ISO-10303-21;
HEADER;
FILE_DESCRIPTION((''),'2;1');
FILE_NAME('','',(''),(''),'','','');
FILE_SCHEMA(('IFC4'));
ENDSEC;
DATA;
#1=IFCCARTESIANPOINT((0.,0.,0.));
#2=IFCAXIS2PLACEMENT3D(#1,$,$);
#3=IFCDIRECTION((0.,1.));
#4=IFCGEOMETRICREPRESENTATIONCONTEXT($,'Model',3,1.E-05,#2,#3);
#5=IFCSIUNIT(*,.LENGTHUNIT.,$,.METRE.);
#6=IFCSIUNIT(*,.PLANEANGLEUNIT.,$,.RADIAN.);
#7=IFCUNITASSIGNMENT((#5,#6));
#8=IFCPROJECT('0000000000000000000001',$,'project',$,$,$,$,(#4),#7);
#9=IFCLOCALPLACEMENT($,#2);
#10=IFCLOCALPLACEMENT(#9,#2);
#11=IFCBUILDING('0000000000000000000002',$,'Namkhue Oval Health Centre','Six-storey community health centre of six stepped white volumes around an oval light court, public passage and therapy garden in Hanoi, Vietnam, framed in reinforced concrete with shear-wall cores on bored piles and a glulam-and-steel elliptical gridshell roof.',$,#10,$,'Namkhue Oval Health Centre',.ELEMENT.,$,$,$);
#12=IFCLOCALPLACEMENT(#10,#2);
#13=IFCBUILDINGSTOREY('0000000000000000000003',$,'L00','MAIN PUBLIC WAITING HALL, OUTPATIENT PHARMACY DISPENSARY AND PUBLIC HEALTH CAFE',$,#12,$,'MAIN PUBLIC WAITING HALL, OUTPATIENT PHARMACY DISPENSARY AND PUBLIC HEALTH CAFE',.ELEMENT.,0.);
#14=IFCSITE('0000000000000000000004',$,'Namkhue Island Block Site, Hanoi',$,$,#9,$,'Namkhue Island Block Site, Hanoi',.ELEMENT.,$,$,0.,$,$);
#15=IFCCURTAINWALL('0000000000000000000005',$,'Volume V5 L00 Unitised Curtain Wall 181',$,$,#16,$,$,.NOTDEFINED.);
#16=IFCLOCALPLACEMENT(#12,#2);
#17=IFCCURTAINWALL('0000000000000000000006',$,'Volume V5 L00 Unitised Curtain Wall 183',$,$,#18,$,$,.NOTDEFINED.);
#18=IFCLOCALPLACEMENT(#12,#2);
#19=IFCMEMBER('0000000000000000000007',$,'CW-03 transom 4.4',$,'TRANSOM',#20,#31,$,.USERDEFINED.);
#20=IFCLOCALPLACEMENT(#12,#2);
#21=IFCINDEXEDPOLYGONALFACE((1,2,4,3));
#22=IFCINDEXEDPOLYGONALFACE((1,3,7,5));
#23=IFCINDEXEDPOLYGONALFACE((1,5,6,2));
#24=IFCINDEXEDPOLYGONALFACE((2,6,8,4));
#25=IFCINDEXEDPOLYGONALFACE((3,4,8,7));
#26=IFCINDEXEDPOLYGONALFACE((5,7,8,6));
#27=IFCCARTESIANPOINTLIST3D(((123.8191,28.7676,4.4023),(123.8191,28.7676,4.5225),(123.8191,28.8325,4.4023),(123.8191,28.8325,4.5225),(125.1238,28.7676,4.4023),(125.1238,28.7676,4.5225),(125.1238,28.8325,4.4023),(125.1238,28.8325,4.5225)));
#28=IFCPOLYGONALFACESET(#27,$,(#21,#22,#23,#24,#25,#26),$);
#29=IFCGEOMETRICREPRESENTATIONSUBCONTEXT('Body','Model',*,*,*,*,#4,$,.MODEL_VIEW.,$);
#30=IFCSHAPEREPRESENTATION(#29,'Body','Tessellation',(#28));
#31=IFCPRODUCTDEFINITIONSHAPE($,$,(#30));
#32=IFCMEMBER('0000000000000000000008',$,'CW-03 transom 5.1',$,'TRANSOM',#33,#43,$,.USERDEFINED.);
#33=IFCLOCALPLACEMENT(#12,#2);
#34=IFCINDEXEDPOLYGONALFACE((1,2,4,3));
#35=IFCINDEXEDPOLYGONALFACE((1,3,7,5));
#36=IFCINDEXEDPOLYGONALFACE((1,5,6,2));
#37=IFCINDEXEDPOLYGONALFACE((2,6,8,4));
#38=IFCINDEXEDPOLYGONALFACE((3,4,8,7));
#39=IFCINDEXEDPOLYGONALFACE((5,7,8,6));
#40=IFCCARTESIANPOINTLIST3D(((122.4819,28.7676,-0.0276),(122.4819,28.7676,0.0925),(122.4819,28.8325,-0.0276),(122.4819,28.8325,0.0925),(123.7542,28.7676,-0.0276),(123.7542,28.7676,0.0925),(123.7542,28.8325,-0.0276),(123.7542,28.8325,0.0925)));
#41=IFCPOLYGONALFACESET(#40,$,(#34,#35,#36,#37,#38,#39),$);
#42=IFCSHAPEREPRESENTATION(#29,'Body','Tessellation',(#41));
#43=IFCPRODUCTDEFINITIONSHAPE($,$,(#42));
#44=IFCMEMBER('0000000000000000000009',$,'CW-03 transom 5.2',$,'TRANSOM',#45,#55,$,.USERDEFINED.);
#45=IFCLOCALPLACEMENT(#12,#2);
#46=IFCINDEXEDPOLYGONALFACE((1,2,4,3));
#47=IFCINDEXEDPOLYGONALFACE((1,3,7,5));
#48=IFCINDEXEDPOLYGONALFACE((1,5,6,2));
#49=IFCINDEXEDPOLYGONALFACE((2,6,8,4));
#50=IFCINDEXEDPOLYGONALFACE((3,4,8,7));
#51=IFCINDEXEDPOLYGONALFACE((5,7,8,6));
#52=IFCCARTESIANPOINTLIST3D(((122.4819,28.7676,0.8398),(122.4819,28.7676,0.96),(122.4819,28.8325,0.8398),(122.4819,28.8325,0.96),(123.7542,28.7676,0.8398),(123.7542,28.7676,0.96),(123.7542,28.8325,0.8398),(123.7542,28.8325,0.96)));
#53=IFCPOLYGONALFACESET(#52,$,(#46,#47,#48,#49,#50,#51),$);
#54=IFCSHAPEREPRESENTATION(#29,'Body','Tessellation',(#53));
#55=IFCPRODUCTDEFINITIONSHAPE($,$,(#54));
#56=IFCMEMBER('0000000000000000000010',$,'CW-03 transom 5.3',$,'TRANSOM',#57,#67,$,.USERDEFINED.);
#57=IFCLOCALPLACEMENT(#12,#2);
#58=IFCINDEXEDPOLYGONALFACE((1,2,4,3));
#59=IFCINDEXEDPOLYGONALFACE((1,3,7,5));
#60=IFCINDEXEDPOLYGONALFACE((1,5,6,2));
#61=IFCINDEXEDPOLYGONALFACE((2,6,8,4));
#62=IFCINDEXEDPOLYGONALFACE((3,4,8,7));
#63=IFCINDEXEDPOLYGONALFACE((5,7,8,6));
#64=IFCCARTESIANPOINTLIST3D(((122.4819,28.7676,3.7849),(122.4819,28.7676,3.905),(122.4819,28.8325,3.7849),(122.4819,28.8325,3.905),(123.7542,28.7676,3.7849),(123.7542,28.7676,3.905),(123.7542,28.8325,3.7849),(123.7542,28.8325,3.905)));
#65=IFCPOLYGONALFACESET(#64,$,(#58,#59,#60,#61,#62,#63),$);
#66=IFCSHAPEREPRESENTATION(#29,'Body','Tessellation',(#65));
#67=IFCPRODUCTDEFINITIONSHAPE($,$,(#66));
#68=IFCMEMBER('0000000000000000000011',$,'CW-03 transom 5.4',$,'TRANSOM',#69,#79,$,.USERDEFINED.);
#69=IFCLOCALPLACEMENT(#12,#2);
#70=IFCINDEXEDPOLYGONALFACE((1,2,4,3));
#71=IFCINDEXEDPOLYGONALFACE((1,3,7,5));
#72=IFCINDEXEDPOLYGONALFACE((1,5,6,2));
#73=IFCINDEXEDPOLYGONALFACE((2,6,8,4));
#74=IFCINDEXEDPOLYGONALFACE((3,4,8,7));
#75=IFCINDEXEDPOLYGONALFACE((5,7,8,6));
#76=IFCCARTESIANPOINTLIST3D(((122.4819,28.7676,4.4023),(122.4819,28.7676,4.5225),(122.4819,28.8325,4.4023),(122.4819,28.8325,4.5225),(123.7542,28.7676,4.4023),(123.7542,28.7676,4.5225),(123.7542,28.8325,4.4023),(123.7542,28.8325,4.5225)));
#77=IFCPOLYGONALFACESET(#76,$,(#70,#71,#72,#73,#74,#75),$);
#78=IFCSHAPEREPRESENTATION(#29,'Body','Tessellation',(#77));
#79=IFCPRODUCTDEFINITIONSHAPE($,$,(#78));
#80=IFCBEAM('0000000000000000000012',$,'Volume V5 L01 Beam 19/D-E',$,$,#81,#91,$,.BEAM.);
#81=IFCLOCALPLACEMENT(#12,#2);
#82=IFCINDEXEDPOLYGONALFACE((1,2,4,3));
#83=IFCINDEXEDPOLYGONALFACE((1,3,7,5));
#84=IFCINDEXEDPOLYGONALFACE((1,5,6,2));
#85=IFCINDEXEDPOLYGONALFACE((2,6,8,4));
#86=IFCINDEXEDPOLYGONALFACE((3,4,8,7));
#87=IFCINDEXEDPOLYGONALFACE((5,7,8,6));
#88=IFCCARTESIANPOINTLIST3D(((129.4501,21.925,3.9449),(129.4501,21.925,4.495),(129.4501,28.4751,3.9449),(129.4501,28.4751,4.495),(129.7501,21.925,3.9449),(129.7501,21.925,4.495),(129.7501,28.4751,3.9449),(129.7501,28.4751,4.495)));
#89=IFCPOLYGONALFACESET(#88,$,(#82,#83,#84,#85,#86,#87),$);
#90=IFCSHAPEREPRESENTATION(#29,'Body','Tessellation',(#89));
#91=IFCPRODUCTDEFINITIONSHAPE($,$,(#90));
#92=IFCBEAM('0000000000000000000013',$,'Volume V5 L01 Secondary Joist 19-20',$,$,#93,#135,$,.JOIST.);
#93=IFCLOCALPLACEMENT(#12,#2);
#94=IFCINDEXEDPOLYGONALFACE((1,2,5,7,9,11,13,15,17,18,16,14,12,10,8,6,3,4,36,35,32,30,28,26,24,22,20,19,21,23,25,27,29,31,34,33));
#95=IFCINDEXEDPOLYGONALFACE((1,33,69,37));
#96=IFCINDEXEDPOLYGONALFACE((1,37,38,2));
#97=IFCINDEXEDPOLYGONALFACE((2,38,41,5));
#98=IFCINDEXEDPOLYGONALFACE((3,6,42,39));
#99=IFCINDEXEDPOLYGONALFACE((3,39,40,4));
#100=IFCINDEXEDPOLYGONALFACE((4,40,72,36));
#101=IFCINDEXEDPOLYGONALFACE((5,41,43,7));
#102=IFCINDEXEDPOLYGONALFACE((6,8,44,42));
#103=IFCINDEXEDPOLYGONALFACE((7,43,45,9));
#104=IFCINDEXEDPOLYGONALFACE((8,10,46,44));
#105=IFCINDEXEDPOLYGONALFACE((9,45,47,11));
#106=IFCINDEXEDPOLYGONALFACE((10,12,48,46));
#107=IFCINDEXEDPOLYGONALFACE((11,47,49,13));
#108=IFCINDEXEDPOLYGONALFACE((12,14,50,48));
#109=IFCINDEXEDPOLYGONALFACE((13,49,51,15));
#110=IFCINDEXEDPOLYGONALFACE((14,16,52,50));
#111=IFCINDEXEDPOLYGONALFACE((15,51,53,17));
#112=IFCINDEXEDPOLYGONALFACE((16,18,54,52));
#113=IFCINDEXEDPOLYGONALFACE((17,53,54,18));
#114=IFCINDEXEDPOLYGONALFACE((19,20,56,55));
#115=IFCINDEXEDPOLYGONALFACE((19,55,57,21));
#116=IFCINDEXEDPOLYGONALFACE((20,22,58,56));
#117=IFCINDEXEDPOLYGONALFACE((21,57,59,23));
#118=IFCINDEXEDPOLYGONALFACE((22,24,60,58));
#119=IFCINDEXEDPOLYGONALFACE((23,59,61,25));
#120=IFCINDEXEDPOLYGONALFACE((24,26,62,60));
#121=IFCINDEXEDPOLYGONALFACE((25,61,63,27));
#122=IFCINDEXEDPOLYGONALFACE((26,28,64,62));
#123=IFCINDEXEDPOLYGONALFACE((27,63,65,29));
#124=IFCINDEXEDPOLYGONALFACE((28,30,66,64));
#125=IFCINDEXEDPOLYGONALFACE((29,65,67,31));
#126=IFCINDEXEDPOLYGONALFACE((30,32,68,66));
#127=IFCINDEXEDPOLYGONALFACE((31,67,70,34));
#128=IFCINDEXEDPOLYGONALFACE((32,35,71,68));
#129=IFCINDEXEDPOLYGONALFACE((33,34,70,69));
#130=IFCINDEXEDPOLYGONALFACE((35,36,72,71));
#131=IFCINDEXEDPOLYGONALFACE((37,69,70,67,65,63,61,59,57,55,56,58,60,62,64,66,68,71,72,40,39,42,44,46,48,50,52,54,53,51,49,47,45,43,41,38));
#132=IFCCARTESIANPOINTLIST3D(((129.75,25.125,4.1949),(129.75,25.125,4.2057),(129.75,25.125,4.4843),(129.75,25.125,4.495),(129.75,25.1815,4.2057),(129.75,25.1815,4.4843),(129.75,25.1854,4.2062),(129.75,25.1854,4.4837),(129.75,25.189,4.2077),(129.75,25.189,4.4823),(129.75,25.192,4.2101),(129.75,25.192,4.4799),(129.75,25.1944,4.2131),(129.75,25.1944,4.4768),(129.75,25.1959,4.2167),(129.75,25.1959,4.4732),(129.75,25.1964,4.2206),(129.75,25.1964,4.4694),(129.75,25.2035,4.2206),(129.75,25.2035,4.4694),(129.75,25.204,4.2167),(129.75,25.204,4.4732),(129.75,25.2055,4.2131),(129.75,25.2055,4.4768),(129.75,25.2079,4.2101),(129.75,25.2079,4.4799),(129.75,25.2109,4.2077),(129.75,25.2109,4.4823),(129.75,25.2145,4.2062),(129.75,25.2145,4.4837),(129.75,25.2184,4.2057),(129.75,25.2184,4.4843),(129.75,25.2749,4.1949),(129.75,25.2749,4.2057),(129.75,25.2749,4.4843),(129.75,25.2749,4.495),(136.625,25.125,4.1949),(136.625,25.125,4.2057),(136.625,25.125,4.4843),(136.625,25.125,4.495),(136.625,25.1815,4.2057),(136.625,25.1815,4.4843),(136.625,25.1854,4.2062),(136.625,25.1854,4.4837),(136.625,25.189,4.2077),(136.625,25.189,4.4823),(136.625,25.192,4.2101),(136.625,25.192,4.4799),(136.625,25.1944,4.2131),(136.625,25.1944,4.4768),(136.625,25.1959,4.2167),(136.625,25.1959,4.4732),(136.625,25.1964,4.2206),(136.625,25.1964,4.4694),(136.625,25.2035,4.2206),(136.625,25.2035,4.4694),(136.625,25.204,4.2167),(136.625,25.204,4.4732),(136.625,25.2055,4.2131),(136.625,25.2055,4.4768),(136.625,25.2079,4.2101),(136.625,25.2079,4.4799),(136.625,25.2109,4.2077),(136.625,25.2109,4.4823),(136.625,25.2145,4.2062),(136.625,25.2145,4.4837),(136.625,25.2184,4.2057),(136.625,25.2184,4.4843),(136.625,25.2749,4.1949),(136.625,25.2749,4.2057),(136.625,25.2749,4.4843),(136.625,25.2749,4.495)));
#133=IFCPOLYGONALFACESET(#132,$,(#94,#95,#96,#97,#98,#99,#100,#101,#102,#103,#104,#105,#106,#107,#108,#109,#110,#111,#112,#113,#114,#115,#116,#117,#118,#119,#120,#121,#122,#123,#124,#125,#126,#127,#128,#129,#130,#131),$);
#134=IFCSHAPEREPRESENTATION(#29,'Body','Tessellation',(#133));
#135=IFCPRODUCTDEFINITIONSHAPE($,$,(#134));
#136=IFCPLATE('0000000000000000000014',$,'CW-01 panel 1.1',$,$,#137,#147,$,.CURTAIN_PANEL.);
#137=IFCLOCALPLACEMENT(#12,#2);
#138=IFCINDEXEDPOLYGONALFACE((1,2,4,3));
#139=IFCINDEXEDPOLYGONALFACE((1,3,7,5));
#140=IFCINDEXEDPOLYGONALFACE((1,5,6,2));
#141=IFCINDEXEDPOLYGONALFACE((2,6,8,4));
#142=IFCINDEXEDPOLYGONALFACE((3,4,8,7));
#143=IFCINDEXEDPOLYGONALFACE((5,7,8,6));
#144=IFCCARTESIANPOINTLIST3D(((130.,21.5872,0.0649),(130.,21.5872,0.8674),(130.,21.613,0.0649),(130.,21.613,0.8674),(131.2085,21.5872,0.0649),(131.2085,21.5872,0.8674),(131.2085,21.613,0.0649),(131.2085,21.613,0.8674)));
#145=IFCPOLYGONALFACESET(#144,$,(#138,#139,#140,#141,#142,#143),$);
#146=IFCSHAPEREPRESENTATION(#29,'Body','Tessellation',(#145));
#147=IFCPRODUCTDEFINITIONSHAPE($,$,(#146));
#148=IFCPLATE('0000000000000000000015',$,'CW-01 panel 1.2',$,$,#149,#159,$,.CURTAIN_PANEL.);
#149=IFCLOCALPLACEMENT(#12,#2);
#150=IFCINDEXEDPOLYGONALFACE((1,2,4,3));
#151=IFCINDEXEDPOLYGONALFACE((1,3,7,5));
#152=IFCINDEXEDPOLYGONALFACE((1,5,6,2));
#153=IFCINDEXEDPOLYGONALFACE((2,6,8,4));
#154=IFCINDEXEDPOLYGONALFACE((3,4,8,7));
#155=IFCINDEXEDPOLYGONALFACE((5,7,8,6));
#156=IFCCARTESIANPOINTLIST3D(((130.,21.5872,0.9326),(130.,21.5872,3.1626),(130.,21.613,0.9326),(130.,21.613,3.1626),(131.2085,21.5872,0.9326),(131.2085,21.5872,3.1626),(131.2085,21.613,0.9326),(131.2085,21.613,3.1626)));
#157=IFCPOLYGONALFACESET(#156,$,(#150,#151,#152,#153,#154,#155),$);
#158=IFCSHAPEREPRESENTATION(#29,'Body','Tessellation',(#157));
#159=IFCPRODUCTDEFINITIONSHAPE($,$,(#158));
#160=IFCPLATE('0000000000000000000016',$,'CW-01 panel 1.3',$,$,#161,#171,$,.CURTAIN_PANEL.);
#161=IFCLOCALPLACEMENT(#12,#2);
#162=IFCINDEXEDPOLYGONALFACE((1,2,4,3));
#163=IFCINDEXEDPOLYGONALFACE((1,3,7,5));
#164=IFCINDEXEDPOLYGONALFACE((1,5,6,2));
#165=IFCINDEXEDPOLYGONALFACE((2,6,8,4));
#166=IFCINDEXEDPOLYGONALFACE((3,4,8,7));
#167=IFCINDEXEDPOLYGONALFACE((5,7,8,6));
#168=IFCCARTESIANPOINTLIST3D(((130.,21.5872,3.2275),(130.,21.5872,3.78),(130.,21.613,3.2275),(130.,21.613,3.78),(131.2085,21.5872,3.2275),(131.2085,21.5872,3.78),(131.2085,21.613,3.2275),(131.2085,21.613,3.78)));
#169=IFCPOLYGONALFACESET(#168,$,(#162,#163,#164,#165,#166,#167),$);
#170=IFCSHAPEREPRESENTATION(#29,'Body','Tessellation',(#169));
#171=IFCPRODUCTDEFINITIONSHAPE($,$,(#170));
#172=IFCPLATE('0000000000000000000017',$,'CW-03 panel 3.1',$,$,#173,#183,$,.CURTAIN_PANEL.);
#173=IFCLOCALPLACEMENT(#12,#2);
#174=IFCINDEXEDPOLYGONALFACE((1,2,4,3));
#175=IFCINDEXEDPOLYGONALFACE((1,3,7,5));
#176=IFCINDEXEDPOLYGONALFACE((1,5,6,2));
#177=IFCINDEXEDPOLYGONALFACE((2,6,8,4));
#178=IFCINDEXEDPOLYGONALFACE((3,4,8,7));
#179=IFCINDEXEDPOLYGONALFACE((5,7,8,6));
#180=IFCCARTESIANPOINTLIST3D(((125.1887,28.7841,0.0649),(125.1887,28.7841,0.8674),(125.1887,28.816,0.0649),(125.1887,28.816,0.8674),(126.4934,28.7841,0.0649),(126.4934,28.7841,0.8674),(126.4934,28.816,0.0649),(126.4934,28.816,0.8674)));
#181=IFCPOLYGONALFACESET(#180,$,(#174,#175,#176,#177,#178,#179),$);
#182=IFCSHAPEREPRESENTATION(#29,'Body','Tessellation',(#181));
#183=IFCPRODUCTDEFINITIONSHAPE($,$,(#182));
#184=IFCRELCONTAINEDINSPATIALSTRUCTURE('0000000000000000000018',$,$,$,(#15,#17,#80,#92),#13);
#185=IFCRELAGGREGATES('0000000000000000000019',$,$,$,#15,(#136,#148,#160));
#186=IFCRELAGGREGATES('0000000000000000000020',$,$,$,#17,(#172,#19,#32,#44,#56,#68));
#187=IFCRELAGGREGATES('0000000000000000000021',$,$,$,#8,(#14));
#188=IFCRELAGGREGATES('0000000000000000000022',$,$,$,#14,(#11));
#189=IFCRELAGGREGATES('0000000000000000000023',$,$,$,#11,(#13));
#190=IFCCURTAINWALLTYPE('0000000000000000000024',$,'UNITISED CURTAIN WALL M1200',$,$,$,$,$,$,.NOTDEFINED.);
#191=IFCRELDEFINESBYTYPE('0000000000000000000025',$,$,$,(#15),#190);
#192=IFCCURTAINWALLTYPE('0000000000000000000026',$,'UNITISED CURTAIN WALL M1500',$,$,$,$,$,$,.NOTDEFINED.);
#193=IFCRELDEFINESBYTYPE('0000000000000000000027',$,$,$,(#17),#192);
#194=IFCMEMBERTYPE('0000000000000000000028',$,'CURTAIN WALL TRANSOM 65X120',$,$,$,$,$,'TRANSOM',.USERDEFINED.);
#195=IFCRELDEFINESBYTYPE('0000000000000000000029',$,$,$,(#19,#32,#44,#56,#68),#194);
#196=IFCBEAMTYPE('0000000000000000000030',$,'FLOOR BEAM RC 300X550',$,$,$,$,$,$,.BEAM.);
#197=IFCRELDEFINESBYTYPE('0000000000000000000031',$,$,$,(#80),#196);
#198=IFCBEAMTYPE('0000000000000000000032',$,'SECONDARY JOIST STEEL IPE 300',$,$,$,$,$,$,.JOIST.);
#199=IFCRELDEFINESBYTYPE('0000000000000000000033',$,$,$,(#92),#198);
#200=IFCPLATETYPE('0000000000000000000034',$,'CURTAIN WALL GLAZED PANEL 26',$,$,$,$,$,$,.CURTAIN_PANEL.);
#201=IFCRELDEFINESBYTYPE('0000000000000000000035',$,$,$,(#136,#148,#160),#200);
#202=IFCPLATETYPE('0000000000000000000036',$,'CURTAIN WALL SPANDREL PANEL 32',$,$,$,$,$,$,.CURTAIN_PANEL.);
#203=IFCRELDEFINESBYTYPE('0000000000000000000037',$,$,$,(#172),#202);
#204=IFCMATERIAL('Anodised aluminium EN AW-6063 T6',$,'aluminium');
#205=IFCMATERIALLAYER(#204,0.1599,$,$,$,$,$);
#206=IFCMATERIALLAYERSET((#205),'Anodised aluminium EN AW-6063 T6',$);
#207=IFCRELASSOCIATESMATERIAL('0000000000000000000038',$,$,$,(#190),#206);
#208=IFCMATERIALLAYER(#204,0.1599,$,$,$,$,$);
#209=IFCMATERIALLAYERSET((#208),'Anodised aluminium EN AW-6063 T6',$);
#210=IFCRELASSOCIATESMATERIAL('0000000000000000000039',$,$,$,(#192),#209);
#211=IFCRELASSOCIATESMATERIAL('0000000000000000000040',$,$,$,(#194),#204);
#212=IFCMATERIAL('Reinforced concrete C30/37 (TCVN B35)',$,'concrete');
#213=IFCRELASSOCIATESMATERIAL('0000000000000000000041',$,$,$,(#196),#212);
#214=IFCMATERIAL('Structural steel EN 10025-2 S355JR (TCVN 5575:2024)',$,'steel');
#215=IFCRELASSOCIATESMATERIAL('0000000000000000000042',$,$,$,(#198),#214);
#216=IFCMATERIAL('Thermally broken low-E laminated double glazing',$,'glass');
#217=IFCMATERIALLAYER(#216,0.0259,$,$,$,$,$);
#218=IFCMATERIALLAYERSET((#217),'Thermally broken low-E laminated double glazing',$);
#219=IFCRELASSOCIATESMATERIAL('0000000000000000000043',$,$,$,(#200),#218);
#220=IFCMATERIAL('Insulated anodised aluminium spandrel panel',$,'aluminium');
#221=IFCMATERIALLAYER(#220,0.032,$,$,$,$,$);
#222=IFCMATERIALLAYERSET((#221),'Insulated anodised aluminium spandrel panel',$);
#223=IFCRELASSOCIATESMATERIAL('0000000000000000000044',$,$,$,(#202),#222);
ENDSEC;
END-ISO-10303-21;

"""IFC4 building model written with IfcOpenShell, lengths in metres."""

from ifc_helpers import new_model, si_unit, direction, frame, origin, origin_2d, place, context, subcontext, project, spatial, rectangle, i_section, extrude, material, layer, layer_set, material_profile, profile_set, type_object, element, aggregate, save


model = new_model("IFC4")

# Units and contexts
model_context = context("Model", 3, precision=1e-05, world=origin(), true_north=direction((0.0, 1.0)))
body_context = subcontext(model_context, "Body", "Model", "MODEL_VIEW")
ifc_project = project(units=[si_unit("LENGTHUNIT", "METRE"), si_unit("PLANEANGLEUNIT", "RADIAN")], contexts=[model_context])

# Site, building, storey
site_placement = place(None, origin())
site = spatial("IfcSite", under=ifc_project, at=site_placement, Name="Namkhue Island Block Site, Hanoi", LongName="Namkhue Island Block Site, Hanoi", CompositionType="ELEMENT", RefElevation=0.0)
building_placement = place(site_placement, origin())
building = spatial("IfcBuilding", under=site, at=building_placement, Name="Namkhue Oval Health Centre", Description="Six-storey community health centre of six stepped white volumes around an oval light court, public passage and therapy garden in Hanoi, Vietnam, framed in reinforced concrete with shear-wall cores on bored piles and a glulam-and-steel elliptical gridshell roof.", LongName="Namkhue Oval Health Centre", CompositionType="ELEMENT")
storey_placement = place(building_placement, origin())
storey = spatial("IfcBuildingStorey", under=building, at=storey_placement, Name="L00", Description="MAIN PUBLIC WAITING HALL, OUTPATIENT PHARMACY DISPENSARY AND PUBLIC HEALTH CAFE", LongName="MAIN PUBLIC WAITING HALL, OUTPATIENT PHARMACY DISPENSARY AND PUBLIC HEALTH CAFE", CompositionType="ELEMENT", Elevation=0.0)

# Shared definitions
ifc_material_1 = material(Name="Reinforced concrete C30/37 (TCVN B35)", Category="concrete")

# Curtain wall
ifc_material_2 = material(Name="Anodised aluminium EN AW-6063 T6", Category="aluminium")
ifc_layer_1 = layer(ifc_material_2, 0.1599)
ifc_layer_set_1 = layer_set([ifc_layer_1], Name="Anodised aluminium EN AW-6063 T6")
curtain_wall_type_1 = type_object("IfcCurtainWallType", Name="UNITISED CURTAIN WALL M1200", PredefinedType="NOTDEFINED", material=ifc_layer_set_1)
curtain_wall_1_placement = place(storey_placement, origin())
curtain_wall_1 = element("IfcCurtainWall", 1, at=curtain_wall_1_placement, inside=storey, type_object=curtain_wall_type_1, Name="Volume V5 L00 Unitised Curtain Wall 181", PredefinedType="NOTDEFINED")

# Curtain wall
ifc_layer_2 = layer(ifc_material_2, 0.1599)
ifc_layer_set_2 = layer_set([ifc_layer_2], Name="Anodised aluminium EN AW-6063 T6")
curtain_wall_type_2 = type_object("IfcCurtainWallType", Name="UNITISED CURTAIN WALL M1500", PredefinedType="NOTDEFINED", material=ifc_layer_set_2)
curtain_wall_2_placement = place(storey_placement, origin())
curtain_wall_2 = element("IfcCurtainWall", 2, at=curtain_wall_2_placement, inside=storey, type_object=curtain_wall_type_2, Name="Volume V5 L00 Unitised Curtain Wall 183", PredefinedType="NOTDEFINED")

# Members
ifc_material_profile_1 = material_profile(ifc_material_2, rectangle(XDim=0.0649, YDim=0.1201, at=origin_2d()), Name="ALU 65x120")
ifc_profile_set_1 = profile_set([ifc_material_profile_1], Name="Anodised aluminium EN AW-6063 T6")
member_type_1 = type_object("IfcMemberType", Name="CURTAIN WALL TRANSOM 65X120", ElementType="TRANSOM", PredefinedType="USERDEFINED", material=ifc_profile_set_1)
member_1_placement = place(storey_placement, frame((125.1238, 28.8, 4.4624), z_axis=(-1.0, 0.0, 0.0), x_axis=(0.0, -1.0, 0.0)))
member_1 = element("IfcMember", 3, at=member_1_placement, type_object=member_type_1, Name="CW-03 transom 4.4", ObjectType="TRANSOM", PredefinedType="USERDEFINED", context=body_context, shape_type="SweptSolid", body=[
    extrude(rectangle(XDim=0.0649, YDim=0.1201, at=origin_2d()), origin(), (0.0, 0.0, 1.0), 1.3047),
])
member_2_placement = place(storey_placement, frame((123.7542, 28.8, 0.0325), z_axis=(-1.0, 0.0, 0.0), x_axis=(0.0, -1.0, 0.0)))
member_2 = element("IfcMember", 4, at=member_2_placement, type_object=member_type_1, Name="CW-03 transom 5.1", ObjectType="TRANSOM", PredefinedType="USERDEFINED", context=body_context, shape_type="SweptSolid", body=[
    extrude(rectangle(XDim=0.0649, YDim=0.1201, at=origin_2d()), origin(), (0.0, 0.0, 1.0), 1.2722),
])
member_3_placement = place(storey_placement, frame((123.7542, 28.8, 0.8999), z_axis=(-1.0, 0.0, 0.0), x_axis=(0.0, -1.0, 0.0)))
member_3 = element("IfcMember", 5, at=member_3_placement, type_object=member_type_1, Name="CW-03 transom 5.2", ObjectType="TRANSOM", PredefinedType="USERDEFINED", context=body_context, shape_type="SweptSolid", body=[
    extrude(rectangle(XDim=0.0649, YDim=0.1201, at=origin_2d()), origin(), (0.0, 0.0, 1.0), 1.2722),
])
member_4_placement = place(storey_placement, frame((123.7542, 28.8, 3.845), z_axis=(-1.0, 0.0, 0.0), x_axis=(0.0, -1.0, 0.0)))
member_4 = element("IfcMember", 6, at=member_4_placement, type_object=member_type_1, Name="CW-03 transom 5.3", ObjectType="TRANSOM", PredefinedType="USERDEFINED", context=body_context, shape_type="SweptSolid", body=[
    extrude(rectangle(XDim=0.0649, YDim=0.1201, at=origin_2d()), origin(), (0.0, 0.0, 1.0), 1.2722),
])
member_5_placement = place(storey_placement, frame((123.7542, 28.8, 4.4624), z_axis=(-1.0, 0.0, 0.0), x_axis=(0.0, -1.0, 0.0)))
member_5 = element("IfcMember", 7, at=member_5_placement, type_object=member_type_1, Name="CW-03 transom 5.4", ObjectType="TRANSOM", PredefinedType="USERDEFINED", context=body_context, shape_type="SweptSolid", body=[
    extrude(rectangle(XDim=0.0649, YDim=0.1201, at=origin_2d()), origin(), (0.0, 0.0, 1.0), 1.2722),
])

# Beams
ifc_material_profile_2 = material_profile(ifc_material_1, rectangle(XDim=0.3, YDim=0.55, at=origin_2d()), Name="RC 300x550")
ifc_profile_set_2 = profile_set([ifc_material_profile_2], Name="Reinforced concrete C30/37 (TCVN B35)")
beam_type_1 = type_object("IfcBeamType", Name="FLOOR BEAM RC 300X550", PredefinedType="BEAM", material=ifc_profile_set_2)
beam_1_placement = place(storey_placement, frame((129.6001, 21.925, 4.22), z_axis=(0.0, 1.0, 0.0), x_axis=(-1.0, 0.0, 0.0)))
element("IfcBeam", 8, at=beam_1_placement, inside=storey, type_object=beam_type_1, Name="Volume V5 L01 Beam 19/D-E", PredefinedType="BEAM", context=body_context, shape_type="SweptSolid", body=[
    extrude(rectangle(XDim=0.3, YDim=0.55, at=origin_2d()), origin(), (0.0, 0.0, 1.0), 6.55),
])
ifc_material_3 = material(Name="Structural steel EN 10025-2 S355JR (TCVN 5575:2024)", Category="steel")
ifc_material_profile_3 = material_profile(ifc_material_3, i_section(OverallWidth=0.1499, OverallDepth=0.3, WebThickness=0.0071, FlangeThickness=0.0107, FilletRadius=0.0149, at=origin_2d()), Name="IPE 300")
ifc_profile_set_3 = profile_set([ifc_material_profile_3], Name="Structural steel EN 10025-2 S355JR (TCVN 5575:2024)")
beam_type_2 = type_object("IfcBeamType", Name="SECONDARY JOIST STEEL IPE 300", PredefinedType="JOIST", material=ifc_profile_set_3)
beam_2_placement = place(storey_placement, frame((129.75, 25.2, 4.345), z_axis=(1.0, 0.0, 0.0), x_axis=(0.0, 1.0, 0.0)))
element("IfcBeam", 9, at=beam_2_placement, inside=storey, type_object=beam_type_2, Name="Volume V5 L01 Secondary Joist 19-20", PredefinedType="JOIST", context=body_context, shape_type="SweptSolid", body=[
    extrude(i_section(OverallWidth=0.1499, OverallDepth=0.3, WebThickness=0.0071, FlangeThickness=0.0107, FilletRadius=0.0149, at=origin_2d()), origin(), (0.0, 0.0, 1.0), 6.875),
])

# Plates
ifc_material_4 = material(Name="Thermally broken low-E laminated double glazing", Category="glass")
ifc_layer_3 = layer(ifc_material_4, 0.0259)
ifc_layer_set_3 = layer_set([ifc_layer_3], Name="Thermally broken low-E laminated double glazing")
plate_type_1 = type_object("IfcPlateType", Name="CURTAIN WALL GLAZED PANEL 26", PredefinedType="CURTAIN_PANEL", material=ifc_layer_set_3)
plate_1_placement = place(storey_placement, frame((130.6042, 21.6001, 0.0649), z_axis=(0.0, 0.0, 1.0), x_axis=(1.0, 0.0, 0.0)))
plate_1 = element("IfcPlate", 10, at=plate_1_placement, type_object=plate_type_1, Name="CW-01 panel 1.1", PredefinedType="CURTAIN_PANEL", context=body_context, shape_type="SweptSolid", body=[
    extrude(rectangle(XDim=1.2085, YDim=0.0259, at=origin_2d()), origin(), (0.0, 0.0, 1.0), 0.8025),
])
plate_2_placement = place(storey_placement, frame((130.6042, 21.6001, 0.9326), z_axis=(0.0, 0.0, 1.0), x_axis=(1.0, 0.0, 0.0)))
plate_2 = element("IfcPlate", 11, at=plate_2_placement, type_object=plate_type_1, Name="CW-01 panel 1.2", PredefinedType="CURTAIN_PANEL", context=body_context, shape_type="SweptSolid", body=[
    extrude(rectangle(XDim=1.2085, YDim=0.0259, at=origin_2d()), origin(), (0.0, 0.0, 1.0), 2.23),
])
plate_3_placement = place(storey_placement, frame((130.6042, 21.6001, 3.2275), z_axis=(0.0, 0.0, 1.0), x_axis=(1.0, 0.0, 0.0)))
plate_3 = element("IfcPlate", 12, at=plate_3_placement, type_object=plate_type_1, Name="CW-01 panel 1.3", PredefinedType="CURTAIN_PANEL", context=body_context, shape_type="SweptSolid", body=[
    extrude(rectangle(XDim=1.2085, YDim=0.0259, at=origin_2d()), origin(), (0.0, 0.0, 1.0), 0.5525),
])
aggregate(curtain_wall_1, [plate_1, plate_2, plate_3])
ifc_material_5 = material(Name="Insulated anodised aluminium spandrel panel", Category="aluminium")
ifc_layer_4 = layer(ifc_material_5, 0.032)
ifc_layer_set_4 = layer_set([ifc_layer_4], Name="Insulated anodised aluminium spandrel panel")
plate_type_2 = type_object("IfcPlateType", Name="CURTAIN WALL SPANDREL PANEL 32", PredefinedType="CURTAIN_PANEL", material=ifc_layer_set_4)
plate_4_placement = place(storey_placement, frame((125.8411, 28.8, 0.0649), z_axis=(0.0, 0.0, 1.0), x_axis=(-1.0, 0.0, 0.0)))
plate_4 = element("IfcPlate", 13, at=plate_4_placement, type_object=plate_type_2, Name="CW-03 panel 3.1", PredefinedType="CURTAIN_PANEL", context=body_context, shape_type="SweptSolid", body=[
    extrude(rectangle(XDim=1.3047, YDim=0.032, at=origin_2d()), origin(), (0.0, 0.0, 1.0), 0.8025),
])
aggregate(curtain_wall_2, [plate_4, member_1, member_2, member_3, member_4, member_5])

save(model, "model.ifc")
